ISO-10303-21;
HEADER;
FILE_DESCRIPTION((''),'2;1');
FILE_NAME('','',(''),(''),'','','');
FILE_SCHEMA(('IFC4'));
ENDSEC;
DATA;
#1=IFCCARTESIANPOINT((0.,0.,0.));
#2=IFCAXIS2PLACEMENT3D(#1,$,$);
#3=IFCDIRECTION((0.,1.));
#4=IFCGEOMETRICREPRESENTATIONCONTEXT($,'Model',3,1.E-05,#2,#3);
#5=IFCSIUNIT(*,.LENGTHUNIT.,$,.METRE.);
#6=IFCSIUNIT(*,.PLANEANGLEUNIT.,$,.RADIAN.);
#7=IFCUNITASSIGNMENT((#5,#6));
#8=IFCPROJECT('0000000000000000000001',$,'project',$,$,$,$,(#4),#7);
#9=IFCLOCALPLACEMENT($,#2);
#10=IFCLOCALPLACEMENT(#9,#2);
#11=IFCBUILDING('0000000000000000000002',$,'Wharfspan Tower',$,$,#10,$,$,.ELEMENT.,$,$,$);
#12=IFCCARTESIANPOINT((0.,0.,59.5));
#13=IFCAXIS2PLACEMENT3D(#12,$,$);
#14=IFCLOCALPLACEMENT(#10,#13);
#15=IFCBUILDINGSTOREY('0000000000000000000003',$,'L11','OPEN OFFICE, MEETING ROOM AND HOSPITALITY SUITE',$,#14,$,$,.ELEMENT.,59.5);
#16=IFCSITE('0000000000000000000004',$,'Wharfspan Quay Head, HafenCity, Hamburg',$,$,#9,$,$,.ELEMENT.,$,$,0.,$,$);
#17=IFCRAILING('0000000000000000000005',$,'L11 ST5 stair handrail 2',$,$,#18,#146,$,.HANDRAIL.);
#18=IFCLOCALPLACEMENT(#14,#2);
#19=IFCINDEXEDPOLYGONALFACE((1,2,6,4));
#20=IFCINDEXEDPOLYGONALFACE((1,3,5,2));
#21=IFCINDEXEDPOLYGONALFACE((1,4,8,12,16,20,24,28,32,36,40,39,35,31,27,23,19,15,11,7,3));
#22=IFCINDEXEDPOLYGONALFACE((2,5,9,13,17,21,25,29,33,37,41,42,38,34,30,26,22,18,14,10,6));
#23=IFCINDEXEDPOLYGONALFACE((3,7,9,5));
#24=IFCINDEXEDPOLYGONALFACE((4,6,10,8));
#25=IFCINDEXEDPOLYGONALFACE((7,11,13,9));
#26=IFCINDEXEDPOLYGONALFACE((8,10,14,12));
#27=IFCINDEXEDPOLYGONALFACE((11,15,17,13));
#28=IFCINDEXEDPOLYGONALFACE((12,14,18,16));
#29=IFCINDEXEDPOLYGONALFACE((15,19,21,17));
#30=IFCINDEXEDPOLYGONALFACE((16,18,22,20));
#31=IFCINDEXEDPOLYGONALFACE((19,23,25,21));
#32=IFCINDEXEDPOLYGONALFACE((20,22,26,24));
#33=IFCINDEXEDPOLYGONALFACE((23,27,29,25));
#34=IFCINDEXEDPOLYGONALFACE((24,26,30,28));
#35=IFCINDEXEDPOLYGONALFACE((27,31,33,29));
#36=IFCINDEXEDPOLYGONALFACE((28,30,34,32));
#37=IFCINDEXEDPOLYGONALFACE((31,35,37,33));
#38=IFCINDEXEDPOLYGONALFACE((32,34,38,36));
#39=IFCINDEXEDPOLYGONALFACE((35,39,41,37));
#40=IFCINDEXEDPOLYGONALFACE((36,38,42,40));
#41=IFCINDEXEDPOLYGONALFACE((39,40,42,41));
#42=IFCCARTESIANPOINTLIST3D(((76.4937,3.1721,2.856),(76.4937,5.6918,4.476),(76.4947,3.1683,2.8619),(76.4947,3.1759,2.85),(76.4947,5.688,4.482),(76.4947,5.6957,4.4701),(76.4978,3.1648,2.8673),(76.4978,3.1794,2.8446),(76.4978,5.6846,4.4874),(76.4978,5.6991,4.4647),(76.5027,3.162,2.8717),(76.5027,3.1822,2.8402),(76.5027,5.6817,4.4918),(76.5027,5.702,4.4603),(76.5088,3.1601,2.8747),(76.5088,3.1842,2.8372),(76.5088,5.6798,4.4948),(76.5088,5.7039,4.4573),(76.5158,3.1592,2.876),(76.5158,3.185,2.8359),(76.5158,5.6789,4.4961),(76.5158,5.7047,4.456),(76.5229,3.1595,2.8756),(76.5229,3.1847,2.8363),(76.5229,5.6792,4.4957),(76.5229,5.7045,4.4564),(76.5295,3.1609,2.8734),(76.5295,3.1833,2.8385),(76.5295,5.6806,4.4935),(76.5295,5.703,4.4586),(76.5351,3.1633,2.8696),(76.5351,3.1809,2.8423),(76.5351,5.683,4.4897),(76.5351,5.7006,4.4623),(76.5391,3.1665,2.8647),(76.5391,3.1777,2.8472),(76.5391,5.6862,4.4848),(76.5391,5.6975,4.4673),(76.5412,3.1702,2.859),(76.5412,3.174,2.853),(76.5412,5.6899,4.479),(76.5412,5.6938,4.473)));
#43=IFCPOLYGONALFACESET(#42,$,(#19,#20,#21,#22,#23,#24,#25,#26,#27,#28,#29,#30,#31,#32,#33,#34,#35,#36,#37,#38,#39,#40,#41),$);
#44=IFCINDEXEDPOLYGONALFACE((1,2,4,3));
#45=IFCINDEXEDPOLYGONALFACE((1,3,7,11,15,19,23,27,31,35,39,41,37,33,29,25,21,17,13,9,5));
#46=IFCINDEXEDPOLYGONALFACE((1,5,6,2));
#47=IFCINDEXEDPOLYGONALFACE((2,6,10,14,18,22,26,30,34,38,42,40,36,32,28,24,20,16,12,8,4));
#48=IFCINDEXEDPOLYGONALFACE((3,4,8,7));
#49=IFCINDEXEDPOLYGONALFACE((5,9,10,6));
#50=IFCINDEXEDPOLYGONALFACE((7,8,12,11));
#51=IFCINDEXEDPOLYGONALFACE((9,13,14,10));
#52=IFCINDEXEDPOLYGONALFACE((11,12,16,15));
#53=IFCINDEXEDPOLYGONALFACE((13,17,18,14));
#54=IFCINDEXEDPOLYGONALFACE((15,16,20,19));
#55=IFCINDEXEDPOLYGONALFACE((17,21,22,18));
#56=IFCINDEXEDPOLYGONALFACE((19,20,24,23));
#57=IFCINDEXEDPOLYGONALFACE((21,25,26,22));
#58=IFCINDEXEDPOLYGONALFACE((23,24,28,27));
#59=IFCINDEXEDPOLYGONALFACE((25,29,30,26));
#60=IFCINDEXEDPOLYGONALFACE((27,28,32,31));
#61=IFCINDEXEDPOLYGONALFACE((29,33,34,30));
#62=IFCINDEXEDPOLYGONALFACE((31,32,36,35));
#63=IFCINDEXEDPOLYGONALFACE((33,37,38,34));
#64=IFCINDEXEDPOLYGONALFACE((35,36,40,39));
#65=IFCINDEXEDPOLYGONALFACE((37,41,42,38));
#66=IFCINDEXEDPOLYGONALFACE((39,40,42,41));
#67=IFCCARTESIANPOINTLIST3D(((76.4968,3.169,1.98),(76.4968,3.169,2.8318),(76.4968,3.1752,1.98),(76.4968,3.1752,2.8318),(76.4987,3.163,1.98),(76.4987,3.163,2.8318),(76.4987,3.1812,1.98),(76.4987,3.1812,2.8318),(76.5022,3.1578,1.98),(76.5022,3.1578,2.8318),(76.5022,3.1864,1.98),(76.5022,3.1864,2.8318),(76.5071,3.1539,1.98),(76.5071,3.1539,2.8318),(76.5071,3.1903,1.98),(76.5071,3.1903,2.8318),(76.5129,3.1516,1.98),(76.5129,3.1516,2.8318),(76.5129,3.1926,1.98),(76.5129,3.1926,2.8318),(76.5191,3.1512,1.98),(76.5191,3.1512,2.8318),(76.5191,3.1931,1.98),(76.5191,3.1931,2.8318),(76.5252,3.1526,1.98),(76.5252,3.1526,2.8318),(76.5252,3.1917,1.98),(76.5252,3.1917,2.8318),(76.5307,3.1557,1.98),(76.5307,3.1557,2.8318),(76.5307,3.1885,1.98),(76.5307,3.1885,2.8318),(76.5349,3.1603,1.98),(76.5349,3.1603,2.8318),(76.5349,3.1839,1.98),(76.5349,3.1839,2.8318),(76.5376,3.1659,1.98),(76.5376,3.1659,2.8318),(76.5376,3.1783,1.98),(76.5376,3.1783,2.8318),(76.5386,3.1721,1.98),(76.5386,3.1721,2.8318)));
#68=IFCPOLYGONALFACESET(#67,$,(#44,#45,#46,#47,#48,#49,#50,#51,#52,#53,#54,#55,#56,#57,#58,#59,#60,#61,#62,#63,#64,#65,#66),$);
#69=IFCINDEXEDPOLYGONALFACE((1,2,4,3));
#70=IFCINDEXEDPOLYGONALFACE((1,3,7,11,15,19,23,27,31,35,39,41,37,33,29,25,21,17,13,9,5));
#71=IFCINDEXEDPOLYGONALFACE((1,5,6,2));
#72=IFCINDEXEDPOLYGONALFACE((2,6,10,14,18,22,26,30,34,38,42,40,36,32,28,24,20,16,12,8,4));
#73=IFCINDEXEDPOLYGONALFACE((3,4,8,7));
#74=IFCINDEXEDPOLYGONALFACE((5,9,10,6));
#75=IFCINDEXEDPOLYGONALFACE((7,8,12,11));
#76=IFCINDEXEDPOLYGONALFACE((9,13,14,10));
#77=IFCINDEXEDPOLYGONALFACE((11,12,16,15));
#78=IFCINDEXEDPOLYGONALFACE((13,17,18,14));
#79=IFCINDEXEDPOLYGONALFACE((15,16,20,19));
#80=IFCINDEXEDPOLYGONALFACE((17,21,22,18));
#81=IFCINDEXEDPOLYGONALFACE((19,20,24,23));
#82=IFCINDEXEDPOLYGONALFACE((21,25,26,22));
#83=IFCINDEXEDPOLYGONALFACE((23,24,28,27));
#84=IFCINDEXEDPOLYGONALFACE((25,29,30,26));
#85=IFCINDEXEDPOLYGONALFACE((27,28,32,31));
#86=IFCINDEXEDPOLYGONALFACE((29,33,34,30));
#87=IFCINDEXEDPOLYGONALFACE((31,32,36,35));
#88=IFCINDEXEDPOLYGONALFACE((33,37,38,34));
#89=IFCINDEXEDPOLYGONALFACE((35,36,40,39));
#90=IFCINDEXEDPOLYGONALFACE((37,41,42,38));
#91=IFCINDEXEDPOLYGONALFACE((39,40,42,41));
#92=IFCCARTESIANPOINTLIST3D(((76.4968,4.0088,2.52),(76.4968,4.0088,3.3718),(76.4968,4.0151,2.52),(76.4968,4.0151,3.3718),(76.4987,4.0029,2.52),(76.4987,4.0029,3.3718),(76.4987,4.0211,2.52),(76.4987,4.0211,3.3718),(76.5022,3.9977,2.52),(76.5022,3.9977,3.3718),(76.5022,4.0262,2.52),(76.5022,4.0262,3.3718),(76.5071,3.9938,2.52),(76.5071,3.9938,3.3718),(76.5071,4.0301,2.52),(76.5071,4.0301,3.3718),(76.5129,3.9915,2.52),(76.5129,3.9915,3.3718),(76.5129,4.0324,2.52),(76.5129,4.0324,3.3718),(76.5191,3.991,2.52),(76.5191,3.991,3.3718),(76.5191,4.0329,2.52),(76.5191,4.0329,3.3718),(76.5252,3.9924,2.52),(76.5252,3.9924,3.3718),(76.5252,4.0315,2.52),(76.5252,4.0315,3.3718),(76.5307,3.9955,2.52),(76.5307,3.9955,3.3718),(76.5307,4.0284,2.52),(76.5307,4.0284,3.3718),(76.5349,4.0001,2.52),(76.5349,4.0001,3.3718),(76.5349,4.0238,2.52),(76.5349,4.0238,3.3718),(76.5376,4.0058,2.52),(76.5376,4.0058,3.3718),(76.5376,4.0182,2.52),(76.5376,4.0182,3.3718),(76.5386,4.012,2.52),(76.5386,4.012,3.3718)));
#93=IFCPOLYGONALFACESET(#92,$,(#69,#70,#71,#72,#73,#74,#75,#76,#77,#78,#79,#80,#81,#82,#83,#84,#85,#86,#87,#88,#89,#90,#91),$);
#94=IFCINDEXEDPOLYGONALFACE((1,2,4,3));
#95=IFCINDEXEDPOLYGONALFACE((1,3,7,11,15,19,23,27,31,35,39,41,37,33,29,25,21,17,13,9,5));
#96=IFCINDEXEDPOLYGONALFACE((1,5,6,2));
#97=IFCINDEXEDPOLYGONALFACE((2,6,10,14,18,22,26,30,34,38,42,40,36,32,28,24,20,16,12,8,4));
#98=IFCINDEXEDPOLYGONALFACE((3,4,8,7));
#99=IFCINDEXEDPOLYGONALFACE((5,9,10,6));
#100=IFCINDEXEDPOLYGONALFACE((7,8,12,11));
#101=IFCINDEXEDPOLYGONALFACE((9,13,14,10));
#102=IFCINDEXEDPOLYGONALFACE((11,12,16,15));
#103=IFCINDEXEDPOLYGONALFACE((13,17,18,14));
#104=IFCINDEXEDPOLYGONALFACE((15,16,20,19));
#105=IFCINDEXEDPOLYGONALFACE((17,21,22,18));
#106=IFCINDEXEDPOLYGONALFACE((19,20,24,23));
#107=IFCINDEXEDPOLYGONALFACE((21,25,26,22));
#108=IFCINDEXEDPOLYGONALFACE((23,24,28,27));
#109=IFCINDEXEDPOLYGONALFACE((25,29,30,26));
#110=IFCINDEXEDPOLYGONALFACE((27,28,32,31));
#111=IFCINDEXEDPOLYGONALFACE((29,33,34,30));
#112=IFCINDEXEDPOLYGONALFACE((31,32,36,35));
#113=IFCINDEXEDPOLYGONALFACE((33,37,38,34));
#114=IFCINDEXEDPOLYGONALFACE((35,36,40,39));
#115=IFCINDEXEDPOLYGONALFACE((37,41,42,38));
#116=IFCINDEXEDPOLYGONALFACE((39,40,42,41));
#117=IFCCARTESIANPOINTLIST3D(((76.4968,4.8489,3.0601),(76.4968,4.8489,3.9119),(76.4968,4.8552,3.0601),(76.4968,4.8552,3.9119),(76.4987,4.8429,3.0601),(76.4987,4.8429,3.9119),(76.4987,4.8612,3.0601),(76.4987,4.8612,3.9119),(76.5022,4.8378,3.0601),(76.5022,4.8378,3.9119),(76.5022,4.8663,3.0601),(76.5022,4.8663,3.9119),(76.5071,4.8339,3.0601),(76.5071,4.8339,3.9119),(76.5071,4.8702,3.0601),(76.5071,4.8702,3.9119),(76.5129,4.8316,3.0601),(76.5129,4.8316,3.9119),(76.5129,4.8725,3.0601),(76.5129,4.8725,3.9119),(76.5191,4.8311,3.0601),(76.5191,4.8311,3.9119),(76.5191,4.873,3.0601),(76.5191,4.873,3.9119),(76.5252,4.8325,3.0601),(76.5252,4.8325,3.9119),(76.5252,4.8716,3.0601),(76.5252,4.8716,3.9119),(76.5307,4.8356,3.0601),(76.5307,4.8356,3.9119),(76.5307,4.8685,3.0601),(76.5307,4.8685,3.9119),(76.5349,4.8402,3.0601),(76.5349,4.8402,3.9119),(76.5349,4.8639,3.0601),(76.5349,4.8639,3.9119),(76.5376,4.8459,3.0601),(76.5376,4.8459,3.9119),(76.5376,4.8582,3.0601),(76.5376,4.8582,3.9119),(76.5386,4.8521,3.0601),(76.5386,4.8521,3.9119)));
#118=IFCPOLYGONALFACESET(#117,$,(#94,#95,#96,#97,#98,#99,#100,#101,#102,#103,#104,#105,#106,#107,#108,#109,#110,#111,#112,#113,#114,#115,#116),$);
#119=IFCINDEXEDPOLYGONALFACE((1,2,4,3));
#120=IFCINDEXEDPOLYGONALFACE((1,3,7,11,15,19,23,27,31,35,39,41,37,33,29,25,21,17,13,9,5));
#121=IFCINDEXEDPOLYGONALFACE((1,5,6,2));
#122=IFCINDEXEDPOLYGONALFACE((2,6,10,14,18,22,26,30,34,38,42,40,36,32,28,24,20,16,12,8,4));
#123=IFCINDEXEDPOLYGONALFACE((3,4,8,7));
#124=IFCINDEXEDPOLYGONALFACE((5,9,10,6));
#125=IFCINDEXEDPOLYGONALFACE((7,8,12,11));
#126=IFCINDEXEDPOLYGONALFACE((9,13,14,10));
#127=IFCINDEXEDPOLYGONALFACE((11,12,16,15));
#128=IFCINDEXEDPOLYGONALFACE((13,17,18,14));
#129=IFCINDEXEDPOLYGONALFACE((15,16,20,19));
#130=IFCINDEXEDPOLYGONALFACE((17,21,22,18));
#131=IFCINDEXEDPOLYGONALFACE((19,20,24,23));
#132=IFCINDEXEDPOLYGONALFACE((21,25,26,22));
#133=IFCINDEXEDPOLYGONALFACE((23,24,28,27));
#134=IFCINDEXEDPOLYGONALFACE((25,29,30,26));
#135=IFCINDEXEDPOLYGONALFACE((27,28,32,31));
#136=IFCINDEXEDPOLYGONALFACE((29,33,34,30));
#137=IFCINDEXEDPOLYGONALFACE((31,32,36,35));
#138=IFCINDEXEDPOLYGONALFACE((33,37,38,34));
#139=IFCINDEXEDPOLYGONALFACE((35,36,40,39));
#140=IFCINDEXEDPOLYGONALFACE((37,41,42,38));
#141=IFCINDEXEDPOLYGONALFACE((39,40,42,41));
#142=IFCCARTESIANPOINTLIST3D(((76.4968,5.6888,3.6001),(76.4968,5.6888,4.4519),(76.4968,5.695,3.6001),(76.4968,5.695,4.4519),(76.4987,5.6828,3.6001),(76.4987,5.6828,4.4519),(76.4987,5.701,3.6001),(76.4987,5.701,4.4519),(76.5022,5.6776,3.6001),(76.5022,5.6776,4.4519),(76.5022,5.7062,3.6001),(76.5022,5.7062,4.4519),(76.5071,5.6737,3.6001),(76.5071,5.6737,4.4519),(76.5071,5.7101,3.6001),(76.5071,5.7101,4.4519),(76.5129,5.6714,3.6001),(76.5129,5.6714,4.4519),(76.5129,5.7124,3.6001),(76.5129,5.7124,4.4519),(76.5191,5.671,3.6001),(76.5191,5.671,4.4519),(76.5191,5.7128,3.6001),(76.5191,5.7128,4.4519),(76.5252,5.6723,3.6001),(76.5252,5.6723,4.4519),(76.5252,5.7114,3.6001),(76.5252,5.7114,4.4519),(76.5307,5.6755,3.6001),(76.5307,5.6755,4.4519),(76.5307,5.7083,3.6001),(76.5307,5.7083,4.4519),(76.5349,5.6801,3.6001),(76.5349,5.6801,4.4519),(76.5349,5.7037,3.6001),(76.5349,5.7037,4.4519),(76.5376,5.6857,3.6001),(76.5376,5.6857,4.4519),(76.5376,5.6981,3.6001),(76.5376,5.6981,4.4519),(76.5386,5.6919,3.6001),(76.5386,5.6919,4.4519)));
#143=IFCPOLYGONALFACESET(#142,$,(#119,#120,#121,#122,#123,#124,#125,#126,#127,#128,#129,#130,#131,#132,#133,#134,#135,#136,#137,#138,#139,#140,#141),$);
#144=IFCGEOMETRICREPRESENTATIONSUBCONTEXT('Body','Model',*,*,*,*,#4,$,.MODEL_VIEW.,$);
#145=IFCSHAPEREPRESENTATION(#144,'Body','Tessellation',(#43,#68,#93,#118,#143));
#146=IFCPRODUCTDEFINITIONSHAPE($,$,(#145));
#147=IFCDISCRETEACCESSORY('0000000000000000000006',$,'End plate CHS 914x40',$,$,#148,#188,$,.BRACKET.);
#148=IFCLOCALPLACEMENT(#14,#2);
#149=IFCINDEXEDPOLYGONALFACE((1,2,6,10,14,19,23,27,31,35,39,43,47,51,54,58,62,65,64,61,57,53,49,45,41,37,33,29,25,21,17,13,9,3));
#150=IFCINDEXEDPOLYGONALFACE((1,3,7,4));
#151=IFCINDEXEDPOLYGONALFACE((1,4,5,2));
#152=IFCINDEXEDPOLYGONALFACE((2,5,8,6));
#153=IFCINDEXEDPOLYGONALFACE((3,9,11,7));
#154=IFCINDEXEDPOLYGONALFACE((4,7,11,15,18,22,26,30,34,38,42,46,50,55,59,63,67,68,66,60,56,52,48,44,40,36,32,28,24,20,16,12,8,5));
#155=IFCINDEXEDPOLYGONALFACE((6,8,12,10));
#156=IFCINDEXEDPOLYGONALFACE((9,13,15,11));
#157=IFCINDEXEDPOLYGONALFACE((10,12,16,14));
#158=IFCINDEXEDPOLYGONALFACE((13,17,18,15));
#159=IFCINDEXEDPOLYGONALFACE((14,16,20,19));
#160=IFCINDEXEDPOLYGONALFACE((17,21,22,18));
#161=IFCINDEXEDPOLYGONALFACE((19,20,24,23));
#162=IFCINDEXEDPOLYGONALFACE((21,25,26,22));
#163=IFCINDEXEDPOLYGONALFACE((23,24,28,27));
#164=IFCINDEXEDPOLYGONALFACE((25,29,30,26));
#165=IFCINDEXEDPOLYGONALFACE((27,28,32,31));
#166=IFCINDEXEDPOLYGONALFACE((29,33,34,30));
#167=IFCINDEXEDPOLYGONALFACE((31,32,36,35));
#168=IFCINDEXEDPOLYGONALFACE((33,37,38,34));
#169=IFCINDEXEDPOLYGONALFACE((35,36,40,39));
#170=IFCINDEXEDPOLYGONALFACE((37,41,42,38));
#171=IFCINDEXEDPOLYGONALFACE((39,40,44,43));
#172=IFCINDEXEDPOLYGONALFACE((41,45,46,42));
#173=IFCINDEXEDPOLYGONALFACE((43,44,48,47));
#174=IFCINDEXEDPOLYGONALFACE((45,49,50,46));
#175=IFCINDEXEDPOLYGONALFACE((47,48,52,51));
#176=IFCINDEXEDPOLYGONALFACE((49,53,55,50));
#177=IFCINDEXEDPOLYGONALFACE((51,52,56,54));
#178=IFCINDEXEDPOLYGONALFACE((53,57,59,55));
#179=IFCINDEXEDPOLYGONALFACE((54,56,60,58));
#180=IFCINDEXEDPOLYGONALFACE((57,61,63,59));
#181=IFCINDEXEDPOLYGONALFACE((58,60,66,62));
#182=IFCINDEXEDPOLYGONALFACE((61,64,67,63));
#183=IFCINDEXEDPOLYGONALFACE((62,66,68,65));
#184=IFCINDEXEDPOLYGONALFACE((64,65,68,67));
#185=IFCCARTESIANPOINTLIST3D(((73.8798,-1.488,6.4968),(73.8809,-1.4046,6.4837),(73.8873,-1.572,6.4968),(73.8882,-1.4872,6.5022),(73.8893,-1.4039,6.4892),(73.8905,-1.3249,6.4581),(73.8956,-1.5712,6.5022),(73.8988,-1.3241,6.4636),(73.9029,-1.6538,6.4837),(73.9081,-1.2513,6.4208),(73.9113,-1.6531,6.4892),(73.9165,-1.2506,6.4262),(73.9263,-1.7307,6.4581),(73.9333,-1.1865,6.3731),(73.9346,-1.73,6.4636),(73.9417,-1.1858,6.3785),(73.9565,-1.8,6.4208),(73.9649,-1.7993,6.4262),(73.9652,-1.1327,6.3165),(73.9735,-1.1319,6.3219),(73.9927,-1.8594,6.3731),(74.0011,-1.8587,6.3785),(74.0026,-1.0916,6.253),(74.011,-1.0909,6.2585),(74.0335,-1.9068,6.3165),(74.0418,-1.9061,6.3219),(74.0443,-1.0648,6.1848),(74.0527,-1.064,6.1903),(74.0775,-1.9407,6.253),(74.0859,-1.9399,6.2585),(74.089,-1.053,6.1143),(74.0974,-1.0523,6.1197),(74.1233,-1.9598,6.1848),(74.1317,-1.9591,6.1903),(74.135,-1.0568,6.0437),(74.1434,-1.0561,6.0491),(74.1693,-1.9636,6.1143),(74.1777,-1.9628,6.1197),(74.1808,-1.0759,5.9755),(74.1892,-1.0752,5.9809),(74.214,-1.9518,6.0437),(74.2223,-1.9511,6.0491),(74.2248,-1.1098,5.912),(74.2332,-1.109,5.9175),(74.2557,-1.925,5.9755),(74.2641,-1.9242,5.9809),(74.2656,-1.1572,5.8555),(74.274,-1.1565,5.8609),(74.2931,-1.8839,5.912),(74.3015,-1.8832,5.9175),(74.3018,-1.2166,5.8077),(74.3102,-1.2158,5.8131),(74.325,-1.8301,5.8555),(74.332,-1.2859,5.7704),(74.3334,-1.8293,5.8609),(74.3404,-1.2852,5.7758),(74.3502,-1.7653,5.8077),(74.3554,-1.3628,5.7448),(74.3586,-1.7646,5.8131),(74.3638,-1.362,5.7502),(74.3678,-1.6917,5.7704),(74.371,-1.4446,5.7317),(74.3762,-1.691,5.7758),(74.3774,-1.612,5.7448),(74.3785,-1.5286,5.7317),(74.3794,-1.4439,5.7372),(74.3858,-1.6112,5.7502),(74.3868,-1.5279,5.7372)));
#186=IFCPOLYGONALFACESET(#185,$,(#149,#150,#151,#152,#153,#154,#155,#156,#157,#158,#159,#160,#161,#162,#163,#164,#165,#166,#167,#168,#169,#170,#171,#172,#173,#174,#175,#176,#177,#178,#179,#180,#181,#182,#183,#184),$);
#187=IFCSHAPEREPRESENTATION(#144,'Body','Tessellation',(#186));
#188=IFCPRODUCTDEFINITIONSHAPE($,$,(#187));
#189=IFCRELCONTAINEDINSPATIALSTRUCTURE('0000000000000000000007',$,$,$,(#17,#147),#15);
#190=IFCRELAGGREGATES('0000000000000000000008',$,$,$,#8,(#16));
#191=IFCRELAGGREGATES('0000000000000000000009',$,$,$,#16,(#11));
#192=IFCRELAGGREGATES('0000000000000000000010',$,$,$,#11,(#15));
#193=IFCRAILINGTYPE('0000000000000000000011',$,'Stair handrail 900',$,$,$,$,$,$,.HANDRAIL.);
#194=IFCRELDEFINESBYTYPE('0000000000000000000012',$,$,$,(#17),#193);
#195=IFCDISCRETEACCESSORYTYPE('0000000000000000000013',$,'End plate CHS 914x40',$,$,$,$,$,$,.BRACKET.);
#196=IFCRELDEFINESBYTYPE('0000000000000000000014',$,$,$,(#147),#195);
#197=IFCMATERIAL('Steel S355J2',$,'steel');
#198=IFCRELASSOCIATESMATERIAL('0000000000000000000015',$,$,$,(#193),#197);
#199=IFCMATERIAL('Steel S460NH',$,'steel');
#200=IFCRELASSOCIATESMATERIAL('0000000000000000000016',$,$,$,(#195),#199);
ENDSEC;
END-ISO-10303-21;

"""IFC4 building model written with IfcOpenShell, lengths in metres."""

from ifc_helpers import new_model, si_unit, direction, frame, origin, origin_2d, place, context, subcontext, project, spatial, circle, extrude, material, material_profile, profile_set, type_object, element, save


model = new_model("IFC4")

# Units and contexts
model_context = context("Model", 3, precision=1e-05, world=origin(), true_north=direction((0.0, 1.0)))
body_context = subcontext(model_context, "Body", "Model", "MODEL_VIEW")
ifc_project = project(units=[si_unit("LENGTHUNIT", "METRE"), si_unit("PLANEANGLEUNIT", "RADIAN")], contexts=[model_context])

# Site, building, storey
site_placement = place(None, origin())
site = spatial("IfcSite", under=ifc_project, at=site_placement, Name="Wharfspan Quay Head, HafenCity, Hamburg", CompositionType="ELEMENT", RefElevation=0.0)
building_placement = place(site_placement, origin())
building = spatial("IfcBuilding", under=site, at=building_placement, Name="Wharfspan Tower", CompositionType="ELEMENT")
storey_placement = place(building_placement, frame((0.0, 0.0, 59.5)))
storey = spatial("IfcBuildingStorey", under=building, at=storey_placement, Name="L11", Description="OPEN OFFICE, MEETING ROOM AND HOSPITALITY SUITE", CompositionType="ELEMENT", Elevation=59.5)

# Railing
ifc_material_1 = material(Name="Steel S355J2", Category="steel")
railing_type_1 = type_object("IfcRailingType", Name="Stair handrail 900", PredefinedType="HANDRAIL", material=ifc_material_1)
railing_1_placement = place(storey_placement, frame((76.5176, 3.1721, 1.98)))
element("IfcRailing", 1, at=railing_1_placement, inside=storey, type_object=railing_type_1, Name="L11 ST5 stair handrail 2", PredefinedType="HANDRAIL", context=body_context, shape_type="SweptSolid", body=[
    extrude(circle(Radius=0.0239, at=origin_2d()), frame((0.0, 0.0, 0.876), z_axis=(0.0, 0.841139, 0.540819), x_axis=(-1.0, 0.0, 0.0)), (0.0, 0.0, 1.0), 2.9956),
    extrude(circle(Radius=0.021, at=origin_2d()), origin(), (0.0, 0.0, 1.0), 0.8518),
    extrude(circle(Radius=0.021, at=origin_2d()), frame((0.0, 0.8398, 0.54)), (0.0, 0.0, 1.0), 0.8518),
    extrude(circle(Radius=0.021, at=origin_2d()), frame((0.0, 1.6799, 1.0801)), (0.0, 0.0, 1.0), 0.8518),
    extrude(circle(Radius=0.021, at=origin_2d()), frame((0.0, 2.5198, 1.6201)), (0.0, 0.0, 1.0), 0.8518),
])

# Discrete accessory
ifc_material_2 = material(Name="Steel S460NH", Category="steel")
ifc_material_profile_1 = material_profile(ifc_material_2, circle(Radius=0.457, at=origin_2d()))
ifc_profile_set_1 = profile_set([ifc_material_profile_1], Name="Steel S460NH")
discrete_accessory_type = type_object("IfcDiscreteAccessoryType", Name="End plate CHS 914x40", PredefinedType="BRACKET", material=ifc_profile_set_1)
for number, where, z_axis, x_axis, name in (
    (2, (74.1291, -1.5083, 6.1143), (0.837276, 0.073877, 0.541767), (-0.087893, 0.996132, -0.000001), "End plate CHS 914x40"),
):
    element("IfcDiscreteAccessory", number, at=place(storey_placement, frame(where, z_axis=z_axis, x_axis=x_axis)), inside=storey, type_object=discrete_accessory_type, Name=name, PredefinedType="BRACKET", context=body_context, shape_type="SweptSolid", body=[
        extrude(circle(Radius=0.457, at=origin_2d()), origin(), (0.0, 0.0, 1.0), 0.01),
    ])

save(model, "model.ifc")
